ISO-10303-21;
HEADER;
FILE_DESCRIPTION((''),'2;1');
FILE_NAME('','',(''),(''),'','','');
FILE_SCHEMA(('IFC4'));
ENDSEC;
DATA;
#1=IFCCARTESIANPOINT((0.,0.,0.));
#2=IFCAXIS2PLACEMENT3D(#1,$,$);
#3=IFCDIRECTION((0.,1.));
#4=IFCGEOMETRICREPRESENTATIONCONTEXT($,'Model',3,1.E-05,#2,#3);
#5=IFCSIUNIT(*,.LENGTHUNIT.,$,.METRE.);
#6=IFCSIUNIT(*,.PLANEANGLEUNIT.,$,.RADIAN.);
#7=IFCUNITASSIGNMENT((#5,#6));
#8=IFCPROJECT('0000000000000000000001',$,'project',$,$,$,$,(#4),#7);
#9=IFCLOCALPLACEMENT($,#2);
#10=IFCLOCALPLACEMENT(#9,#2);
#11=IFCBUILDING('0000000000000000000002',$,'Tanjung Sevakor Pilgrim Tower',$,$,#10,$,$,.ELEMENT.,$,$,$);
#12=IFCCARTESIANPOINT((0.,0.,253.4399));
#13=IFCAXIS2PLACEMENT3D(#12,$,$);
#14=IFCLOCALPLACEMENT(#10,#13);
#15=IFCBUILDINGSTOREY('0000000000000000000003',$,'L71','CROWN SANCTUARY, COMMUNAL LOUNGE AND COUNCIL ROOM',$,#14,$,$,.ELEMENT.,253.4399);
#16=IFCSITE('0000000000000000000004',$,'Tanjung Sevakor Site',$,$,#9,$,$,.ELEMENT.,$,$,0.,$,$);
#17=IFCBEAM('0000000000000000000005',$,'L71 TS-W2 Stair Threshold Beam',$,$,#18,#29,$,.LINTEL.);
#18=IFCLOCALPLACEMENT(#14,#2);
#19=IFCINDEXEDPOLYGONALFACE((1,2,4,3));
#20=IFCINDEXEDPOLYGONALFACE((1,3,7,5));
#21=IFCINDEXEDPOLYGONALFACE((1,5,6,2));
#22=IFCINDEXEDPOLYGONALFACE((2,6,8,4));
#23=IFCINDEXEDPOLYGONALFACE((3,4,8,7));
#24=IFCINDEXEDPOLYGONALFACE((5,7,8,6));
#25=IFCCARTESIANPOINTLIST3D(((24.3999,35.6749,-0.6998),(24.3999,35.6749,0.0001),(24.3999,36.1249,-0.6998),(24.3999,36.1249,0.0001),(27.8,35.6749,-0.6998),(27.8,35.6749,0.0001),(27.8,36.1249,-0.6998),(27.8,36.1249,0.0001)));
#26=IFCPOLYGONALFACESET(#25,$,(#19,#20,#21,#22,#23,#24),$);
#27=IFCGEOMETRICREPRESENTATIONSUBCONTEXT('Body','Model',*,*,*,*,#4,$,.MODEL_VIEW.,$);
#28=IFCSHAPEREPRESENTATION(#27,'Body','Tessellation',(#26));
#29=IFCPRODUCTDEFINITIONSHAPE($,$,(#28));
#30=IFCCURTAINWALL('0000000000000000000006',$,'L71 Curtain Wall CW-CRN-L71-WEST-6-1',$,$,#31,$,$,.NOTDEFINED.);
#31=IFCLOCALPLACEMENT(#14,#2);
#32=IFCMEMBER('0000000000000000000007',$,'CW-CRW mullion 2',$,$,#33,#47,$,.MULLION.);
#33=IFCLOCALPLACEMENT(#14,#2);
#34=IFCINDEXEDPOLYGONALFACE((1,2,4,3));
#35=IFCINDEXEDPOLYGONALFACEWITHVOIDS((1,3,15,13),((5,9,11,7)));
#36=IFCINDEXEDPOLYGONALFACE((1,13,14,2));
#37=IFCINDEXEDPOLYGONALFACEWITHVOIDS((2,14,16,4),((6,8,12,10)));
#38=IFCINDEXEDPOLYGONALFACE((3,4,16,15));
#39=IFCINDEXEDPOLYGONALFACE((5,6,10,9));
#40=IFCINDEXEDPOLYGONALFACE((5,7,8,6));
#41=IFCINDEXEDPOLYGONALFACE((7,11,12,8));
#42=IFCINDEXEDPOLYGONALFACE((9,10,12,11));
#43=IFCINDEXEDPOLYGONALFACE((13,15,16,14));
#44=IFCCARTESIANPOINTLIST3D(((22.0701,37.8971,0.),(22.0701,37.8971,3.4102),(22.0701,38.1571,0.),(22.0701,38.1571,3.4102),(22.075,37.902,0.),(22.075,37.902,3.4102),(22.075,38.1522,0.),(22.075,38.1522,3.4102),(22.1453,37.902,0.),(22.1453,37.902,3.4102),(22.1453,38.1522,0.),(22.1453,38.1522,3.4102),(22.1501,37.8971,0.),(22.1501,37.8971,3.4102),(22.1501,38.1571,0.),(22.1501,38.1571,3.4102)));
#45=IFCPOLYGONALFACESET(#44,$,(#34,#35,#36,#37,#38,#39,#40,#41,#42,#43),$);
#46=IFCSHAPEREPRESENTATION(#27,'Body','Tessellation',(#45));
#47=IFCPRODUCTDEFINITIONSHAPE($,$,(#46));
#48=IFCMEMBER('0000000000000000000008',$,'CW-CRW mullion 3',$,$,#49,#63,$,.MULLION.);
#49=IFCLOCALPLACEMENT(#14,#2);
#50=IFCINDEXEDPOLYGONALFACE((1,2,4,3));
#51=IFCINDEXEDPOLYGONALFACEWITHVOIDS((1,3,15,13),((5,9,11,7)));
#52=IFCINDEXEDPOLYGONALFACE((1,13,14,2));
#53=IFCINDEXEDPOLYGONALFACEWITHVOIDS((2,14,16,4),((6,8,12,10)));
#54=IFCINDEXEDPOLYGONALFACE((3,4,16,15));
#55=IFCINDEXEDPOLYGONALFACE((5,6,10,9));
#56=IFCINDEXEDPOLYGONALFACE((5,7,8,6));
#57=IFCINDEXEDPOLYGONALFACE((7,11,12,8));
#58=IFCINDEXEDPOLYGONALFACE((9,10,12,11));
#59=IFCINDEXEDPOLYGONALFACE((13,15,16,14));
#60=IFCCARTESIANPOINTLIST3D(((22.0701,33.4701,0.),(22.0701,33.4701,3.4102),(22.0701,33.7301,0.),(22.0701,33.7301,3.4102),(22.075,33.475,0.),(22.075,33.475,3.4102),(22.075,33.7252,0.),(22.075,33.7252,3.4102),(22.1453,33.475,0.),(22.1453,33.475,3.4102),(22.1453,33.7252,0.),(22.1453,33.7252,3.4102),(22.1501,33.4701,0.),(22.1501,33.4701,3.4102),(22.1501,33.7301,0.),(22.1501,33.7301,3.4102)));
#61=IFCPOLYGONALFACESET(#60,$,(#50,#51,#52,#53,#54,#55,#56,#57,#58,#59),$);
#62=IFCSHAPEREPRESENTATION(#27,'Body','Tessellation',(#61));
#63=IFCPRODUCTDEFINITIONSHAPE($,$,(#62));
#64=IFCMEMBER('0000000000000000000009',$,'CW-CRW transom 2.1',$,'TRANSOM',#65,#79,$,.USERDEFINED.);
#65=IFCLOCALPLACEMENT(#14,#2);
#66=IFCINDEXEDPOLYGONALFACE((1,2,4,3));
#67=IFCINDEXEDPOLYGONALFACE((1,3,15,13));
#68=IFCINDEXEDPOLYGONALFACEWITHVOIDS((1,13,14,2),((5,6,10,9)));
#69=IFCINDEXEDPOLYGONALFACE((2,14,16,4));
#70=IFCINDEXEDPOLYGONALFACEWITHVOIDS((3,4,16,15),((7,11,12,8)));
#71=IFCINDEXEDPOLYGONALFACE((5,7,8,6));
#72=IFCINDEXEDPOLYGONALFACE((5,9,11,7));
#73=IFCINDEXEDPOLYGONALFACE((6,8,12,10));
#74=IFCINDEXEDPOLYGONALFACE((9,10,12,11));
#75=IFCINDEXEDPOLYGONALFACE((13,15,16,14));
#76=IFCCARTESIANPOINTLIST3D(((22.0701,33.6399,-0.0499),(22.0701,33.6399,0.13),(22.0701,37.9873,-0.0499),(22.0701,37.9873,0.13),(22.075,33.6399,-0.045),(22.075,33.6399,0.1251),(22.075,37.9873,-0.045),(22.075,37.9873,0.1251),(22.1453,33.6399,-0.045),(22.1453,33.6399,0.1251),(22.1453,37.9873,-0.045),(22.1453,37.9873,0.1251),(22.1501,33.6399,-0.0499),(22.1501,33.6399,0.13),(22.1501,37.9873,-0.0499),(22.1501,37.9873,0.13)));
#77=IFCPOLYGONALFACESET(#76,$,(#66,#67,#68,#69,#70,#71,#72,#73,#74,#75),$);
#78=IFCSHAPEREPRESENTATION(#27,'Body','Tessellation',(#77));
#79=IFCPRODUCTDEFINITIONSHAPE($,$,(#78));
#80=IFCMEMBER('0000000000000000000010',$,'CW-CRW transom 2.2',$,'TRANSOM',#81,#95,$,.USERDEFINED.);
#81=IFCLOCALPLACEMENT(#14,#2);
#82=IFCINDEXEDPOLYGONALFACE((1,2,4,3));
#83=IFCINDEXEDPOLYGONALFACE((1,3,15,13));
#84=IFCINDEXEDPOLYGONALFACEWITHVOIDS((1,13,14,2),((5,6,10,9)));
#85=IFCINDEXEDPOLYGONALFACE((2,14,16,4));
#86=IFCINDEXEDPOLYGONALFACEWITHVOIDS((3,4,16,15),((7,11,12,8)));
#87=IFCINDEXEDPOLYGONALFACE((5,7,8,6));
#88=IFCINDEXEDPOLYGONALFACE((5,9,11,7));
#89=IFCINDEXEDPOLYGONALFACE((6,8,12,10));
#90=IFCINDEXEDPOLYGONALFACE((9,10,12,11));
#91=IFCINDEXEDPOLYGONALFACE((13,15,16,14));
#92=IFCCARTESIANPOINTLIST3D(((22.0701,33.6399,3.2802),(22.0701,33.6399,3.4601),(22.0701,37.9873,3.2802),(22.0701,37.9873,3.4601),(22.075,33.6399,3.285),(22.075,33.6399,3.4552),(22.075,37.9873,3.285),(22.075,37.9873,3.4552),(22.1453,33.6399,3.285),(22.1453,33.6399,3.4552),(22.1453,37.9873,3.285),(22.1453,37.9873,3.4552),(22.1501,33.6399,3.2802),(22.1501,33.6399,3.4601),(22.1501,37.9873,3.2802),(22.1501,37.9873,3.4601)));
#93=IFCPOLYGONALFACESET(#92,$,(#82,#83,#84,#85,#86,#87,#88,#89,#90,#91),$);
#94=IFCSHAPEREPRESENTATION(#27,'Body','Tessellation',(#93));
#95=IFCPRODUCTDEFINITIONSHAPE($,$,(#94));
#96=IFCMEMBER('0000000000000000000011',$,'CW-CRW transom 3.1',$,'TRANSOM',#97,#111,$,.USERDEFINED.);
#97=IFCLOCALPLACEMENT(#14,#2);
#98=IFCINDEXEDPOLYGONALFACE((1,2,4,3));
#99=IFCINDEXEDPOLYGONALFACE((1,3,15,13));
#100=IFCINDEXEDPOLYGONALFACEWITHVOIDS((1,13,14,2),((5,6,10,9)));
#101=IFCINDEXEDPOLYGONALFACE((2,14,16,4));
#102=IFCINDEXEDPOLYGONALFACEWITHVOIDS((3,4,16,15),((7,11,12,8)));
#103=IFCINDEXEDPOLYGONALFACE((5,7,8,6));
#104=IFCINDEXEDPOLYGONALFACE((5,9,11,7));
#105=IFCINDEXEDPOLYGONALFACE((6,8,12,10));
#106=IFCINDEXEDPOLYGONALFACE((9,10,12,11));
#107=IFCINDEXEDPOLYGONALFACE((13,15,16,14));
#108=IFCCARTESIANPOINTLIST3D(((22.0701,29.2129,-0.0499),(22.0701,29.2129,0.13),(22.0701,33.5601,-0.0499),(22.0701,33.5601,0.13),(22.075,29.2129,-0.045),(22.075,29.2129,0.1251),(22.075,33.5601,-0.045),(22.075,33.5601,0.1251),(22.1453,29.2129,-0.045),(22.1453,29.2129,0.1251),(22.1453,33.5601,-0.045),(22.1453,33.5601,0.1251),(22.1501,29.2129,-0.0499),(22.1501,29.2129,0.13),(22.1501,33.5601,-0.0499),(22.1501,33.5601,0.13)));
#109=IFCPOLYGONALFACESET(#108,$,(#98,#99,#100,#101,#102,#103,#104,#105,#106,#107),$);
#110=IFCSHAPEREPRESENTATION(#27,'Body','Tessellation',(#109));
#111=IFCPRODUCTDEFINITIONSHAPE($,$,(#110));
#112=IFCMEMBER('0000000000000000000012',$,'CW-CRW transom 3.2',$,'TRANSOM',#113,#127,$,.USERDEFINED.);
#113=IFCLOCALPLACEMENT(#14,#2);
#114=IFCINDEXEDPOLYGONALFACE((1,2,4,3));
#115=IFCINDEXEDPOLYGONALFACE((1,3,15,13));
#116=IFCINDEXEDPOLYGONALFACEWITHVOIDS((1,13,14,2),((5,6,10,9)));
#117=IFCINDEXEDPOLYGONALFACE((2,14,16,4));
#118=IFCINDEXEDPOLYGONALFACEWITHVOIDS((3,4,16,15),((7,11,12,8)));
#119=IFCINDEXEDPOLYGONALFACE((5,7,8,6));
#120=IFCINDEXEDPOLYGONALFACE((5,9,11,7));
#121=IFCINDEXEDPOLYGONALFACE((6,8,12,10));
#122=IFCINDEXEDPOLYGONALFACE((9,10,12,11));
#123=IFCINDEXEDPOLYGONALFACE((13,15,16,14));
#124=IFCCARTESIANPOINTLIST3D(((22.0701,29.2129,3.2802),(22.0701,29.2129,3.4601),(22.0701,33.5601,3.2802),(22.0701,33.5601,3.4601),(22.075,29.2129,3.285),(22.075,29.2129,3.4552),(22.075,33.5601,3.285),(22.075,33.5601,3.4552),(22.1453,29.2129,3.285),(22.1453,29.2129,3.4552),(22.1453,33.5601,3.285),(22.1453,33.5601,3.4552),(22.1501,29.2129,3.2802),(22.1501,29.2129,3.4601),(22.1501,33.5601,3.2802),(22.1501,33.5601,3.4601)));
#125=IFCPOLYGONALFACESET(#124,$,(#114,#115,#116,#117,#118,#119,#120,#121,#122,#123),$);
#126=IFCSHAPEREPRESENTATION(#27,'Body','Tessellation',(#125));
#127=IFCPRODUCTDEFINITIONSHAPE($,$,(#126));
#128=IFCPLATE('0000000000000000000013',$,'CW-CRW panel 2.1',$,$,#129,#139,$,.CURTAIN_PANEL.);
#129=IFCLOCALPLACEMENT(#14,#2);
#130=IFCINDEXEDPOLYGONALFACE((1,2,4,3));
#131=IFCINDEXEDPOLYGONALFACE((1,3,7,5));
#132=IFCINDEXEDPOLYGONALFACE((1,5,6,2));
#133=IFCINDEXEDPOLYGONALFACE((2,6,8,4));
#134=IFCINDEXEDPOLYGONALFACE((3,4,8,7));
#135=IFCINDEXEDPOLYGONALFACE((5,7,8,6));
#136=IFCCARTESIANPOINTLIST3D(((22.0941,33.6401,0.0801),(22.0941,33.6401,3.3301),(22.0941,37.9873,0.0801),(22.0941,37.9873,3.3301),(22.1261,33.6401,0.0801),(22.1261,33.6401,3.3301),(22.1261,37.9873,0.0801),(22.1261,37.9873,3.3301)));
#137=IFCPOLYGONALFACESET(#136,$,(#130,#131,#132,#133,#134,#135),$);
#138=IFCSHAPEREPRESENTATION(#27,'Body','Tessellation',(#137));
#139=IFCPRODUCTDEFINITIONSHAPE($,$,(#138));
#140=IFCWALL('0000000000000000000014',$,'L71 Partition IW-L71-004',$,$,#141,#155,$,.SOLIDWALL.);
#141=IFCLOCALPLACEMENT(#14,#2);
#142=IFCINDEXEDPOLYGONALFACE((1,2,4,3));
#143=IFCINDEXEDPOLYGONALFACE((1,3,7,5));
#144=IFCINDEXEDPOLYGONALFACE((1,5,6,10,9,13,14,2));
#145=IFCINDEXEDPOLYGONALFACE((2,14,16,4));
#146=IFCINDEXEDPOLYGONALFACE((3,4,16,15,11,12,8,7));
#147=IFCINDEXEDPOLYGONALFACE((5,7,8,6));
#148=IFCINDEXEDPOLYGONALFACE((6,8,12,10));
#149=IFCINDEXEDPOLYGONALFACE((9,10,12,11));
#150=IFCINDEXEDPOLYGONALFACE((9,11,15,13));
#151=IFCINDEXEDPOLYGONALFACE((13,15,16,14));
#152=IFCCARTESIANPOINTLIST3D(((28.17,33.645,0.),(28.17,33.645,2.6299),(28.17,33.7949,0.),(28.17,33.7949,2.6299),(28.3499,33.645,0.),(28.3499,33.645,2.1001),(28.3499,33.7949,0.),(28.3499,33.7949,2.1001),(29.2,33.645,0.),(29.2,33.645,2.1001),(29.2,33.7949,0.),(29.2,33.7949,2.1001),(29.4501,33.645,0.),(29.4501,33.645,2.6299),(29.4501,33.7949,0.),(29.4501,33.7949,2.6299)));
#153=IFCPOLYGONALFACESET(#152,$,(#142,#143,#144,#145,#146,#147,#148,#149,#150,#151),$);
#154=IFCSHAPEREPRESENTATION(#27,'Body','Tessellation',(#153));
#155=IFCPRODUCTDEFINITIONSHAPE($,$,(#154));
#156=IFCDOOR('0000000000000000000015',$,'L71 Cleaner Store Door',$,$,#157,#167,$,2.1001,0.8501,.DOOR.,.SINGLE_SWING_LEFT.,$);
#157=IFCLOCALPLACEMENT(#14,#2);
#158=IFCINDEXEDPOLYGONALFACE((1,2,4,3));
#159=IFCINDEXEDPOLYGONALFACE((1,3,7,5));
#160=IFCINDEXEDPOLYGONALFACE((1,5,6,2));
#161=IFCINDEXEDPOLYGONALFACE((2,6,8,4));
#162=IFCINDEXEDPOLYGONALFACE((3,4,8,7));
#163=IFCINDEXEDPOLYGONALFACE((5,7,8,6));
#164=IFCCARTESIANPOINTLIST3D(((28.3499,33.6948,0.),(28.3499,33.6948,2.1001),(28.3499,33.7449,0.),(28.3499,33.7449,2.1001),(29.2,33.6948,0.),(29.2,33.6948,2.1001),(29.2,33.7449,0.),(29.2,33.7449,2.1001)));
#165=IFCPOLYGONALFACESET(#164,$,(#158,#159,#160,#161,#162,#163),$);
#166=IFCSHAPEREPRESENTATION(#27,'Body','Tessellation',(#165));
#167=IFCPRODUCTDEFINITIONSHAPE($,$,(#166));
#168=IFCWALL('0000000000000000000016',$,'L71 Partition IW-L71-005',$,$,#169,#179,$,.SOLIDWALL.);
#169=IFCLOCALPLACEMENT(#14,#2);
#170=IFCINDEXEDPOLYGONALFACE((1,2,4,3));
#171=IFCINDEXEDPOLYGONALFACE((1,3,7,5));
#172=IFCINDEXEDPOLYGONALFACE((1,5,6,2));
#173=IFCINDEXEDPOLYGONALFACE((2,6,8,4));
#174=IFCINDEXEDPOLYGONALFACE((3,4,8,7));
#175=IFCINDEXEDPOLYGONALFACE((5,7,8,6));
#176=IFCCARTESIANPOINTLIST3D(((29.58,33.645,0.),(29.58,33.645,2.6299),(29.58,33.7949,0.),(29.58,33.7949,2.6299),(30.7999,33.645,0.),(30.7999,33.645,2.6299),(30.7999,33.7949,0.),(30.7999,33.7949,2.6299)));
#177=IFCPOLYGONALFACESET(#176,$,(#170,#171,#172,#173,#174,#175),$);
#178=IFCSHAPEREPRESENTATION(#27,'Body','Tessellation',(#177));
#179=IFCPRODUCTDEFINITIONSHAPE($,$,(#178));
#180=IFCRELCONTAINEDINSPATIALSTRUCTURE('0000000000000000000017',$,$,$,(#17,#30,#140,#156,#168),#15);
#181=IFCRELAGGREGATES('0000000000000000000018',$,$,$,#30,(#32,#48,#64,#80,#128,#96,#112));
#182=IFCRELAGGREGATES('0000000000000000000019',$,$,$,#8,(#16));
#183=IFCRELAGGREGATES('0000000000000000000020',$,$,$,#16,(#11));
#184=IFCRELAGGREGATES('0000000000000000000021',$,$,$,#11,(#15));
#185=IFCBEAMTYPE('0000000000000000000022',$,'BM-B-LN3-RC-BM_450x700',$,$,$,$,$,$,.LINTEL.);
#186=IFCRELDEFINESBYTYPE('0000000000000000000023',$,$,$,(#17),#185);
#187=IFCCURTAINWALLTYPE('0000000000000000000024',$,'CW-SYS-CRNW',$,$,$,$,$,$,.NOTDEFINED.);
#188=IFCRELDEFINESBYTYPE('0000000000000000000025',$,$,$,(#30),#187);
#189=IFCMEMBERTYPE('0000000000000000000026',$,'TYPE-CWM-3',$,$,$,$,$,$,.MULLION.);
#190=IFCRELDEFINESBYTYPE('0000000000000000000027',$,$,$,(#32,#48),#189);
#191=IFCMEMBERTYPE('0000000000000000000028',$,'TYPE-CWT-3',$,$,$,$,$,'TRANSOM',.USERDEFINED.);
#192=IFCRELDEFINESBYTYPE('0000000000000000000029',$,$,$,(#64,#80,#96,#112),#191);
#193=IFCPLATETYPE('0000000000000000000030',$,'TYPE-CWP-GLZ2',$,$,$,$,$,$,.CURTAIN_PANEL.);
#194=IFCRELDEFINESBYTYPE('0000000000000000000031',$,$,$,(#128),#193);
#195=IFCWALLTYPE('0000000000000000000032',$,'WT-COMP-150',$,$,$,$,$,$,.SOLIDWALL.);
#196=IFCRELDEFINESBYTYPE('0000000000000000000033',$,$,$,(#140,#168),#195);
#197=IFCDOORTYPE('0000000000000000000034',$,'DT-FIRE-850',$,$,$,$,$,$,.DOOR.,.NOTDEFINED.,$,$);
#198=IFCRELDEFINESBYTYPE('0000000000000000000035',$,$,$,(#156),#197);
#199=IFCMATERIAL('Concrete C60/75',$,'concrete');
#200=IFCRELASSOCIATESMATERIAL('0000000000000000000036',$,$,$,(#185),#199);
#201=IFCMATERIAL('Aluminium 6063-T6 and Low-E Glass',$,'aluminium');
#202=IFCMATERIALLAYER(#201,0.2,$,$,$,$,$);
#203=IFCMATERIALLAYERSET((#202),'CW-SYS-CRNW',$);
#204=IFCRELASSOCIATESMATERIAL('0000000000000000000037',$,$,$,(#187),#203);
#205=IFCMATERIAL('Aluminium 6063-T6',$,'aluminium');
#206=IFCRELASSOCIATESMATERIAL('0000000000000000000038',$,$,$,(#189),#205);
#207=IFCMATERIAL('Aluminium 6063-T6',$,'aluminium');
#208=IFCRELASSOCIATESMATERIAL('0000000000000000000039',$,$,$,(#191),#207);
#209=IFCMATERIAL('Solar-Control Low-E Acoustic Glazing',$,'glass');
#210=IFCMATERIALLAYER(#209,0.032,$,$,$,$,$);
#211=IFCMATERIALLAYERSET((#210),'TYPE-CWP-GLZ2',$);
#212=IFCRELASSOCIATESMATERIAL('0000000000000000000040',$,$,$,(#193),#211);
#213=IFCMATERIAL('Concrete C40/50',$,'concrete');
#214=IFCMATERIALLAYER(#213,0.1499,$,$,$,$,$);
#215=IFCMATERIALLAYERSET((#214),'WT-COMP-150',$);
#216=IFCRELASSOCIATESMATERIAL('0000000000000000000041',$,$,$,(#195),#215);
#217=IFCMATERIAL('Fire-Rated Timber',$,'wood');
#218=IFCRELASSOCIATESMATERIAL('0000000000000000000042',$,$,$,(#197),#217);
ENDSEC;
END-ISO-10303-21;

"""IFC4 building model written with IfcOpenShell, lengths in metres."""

from ifc_helpers import new_model, si_unit, direction, frame, frame_2d, origin, origin_2d, place, context, subcontext, project, spatial, rectangle, hollow_rectangle, extrude, material, layer, layer_set, material_profile, profile_set, type_object, element, fill, aggregate, save


model = new_model("IFC4")

# Units and contexts
model_context = context("Model", 3, precision=1e-05, world=origin(), true_north=direction((0.0, 1.0)))
body_context = subcontext(model_context, "Body", "Model", "MODEL_VIEW")
ifc_project = project(units=[si_unit("LENGTHUNIT", "METRE"), si_unit("PLANEANGLEUNIT", "RADIAN")], contexts=[model_context])

# Site, building, storey
site_placement = place(None, origin())
site = spatial("IfcSite", under=ifc_project, at=site_placement, Name="Tanjung Sevakor Site", CompositionType="ELEMENT", RefElevation=0.0)
building_placement = place(site_placement, origin())
building = spatial("IfcBuilding", under=site, at=building_placement, Name="Tanjung Sevakor Pilgrim Tower", CompositionType="ELEMENT")
storey_placement = place(building_placement, frame((0.0, 0.0, 253.4399)))
storey = spatial("IfcBuildingStorey", under=building, at=storey_placement, Name="L71", Description="CROWN SANCTUARY, COMMUNAL LOUNGE AND COUNCIL ROOM", CompositionType="ELEMENT", Elevation=253.4399)

# Beam
ifc_material_1 = material(Name="Concrete C60/75", Category="concrete")
ifc_material_profile_1 = material_profile(ifc_material_1, rectangle(XDim=0.45, YDim=0.7, at=origin_2d()))
ifc_profile_set_1 = profile_set([ifc_material_profile_1], Name="Concrete C60/75")
beam_type = type_object("IfcBeamType", Name="BM-B-LN3-RC-BM_450x700", PredefinedType="LINTEL", material=ifc_profile_set_1)
beam_placement = place(storey_placement, frame((24.3999, 35.8999, -0.3499), z_axis=(1.0, 0.0, 0.0), x_axis=(0.0, 1.0, 0.0)))
element("IfcBeam", 1, at=beam_placement, inside=storey, type_object=beam_type, Name="L71 TS-W2 Stair Threshold Beam", PredefinedType="LINTEL", context=body_context, shape_type="SweptSolid", body=[
    extrude(rectangle(XDim=0.45, YDim=0.7, at=origin_2d()), origin(), (0.0, 0.0, 1.0), 3.4001),
])

# Curtain wall, members, plate
ifc_material_2 = material(Name="Aluminium 6063-T6 and Low-E Glass", Category="aluminium")
ifc_layer_1 = layer(ifc_material_2, 0.2)
ifc_layer_set_1 = layer_set([ifc_layer_1], Name="CW-SYS-CRNW")
curtain_wall_type = type_object("IfcCurtainWallType", Name="CW-SYS-CRNW", PredefinedType="NOTDEFINED", material=ifc_layer_set_1)
curtain_wall_placement = place(storey_placement, origin())
curtain_wall = element("IfcCurtainWall", 2, at=curtain_wall_placement, inside=storey, type_object=curtain_wall_type, Name="L71 Curtain Wall CW-CRN-L71-WEST-6-1", PredefinedType="NOTDEFINED")
ifc_material_3 = material(Name="Aluminium 6063-T6", Category="aluminium")
ifc_material_profile_2 = material_profile(ifc_material_3, hollow_rectangle(XDim=0.0801, YDim=0.26, WallThickness=0.0049, at=origin_2d()))
ifc_profile_set_2 = profile_set([ifc_material_profile_2], Name="Aluminium 6063-T6")
member_type_1 = type_object("IfcMemberType", Name="TYPE-CWM-3", PredefinedType="MULLION", material=ifc_profile_set_2)
member_1_placement = place(storey_placement, frame((22.1101, 38.0271, 0.0), z_axis=(0.0, 0.0, 1.0), x_axis=(1.0, 0.0, 0.0)))
member_1 = element("IfcMember", 3, at=member_1_placement, type_object=member_type_1, Name="CW-CRW mullion 2", PredefinedType="MULLION", context=body_context, shape_type="SweptSolid", body=[
    extrude(hollow_rectangle(XDim=0.0801, YDim=0.26, WallThickness=0.0049, at=origin_2d()), origin(), (0.0, 0.0, 1.0), 3.4102),
])
member_2_placement = place(storey_placement, frame((22.1101, 33.6001, 0.0), z_axis=(0.0, 0.0, 1.0), x_axis=(1.0, 0.0, 0.0)))
member_2 = element("IfcMember", 4, at=member_2_placement, type_object=member_type_1, Name="CW-CRW mullion 3", PredefinedType="MULLION", context=body_context, shape_type="SweptSolid", body=[
    extrude(hollow_rectangle(XDim=0.0801, YDim=0.26, WallThickness=0.0049, at=origin_2d()), origin(), (0.0, 0.0, 1.0), 3.4102),
])
ifc_material_4 = material(Name="Aluminium 6063-T6", Category="aluminium")
ifc_material_profile_3 = material_profile(ifc_material_4, hollow_rectangle(XDim=0.0801, YDim=0.1799, WallThickness=0.0049, at=origin_2d()))
ifc_profile_set_3 = profile_set([ifc_material_profile_3], Name="Aluminium 6063-T6")
member_type_2 = type_object("IfcMemberType", Name="TYPE-CWT-3", ElementType="TRANSOM", PredefinedType="USERDEFINED", material=ifc_profile_set_3)
member_3_placement = place(storey_placement, frame((22.1101, 37.9873, 0.04), z_axis=(0.0, -1.0, 0.0), x_axis=(1.0, 0.0, 0.0)))
member_3 = element("IfcMember", 5, at=member_3_placement, type_object=member_type_2, Name="CW-CRW transom 2.1", ObjectType="TRANSOM", PredefinedType="USERDEFINED", context=body_context, shape_type="SweptSolid", body=[
    extrude(hollow_rectangle(XDim=0.0801, YDim=0.1799, WallThickness=0.0049, at=origin_2d()), origin(), (0.0, 0.0, 1.0), 4.3474),
])
member_4_placement = place(storey_placement, frame((22.1101, 37.9873, 3.3701), z_axis=(0.0, -1.0, 0.0), x_axis=(1.0, 0.0, 0.0)))
member_4 = element("IfcMember", 6, at=member_4_placement, type_object=member_type_2, Name="CW-CRW transom 2.2", ObjectType="TRANSOM", PredefinedType="USERDEFINED", context=body_context, shape_type="SweptSolid", body=[
    extrude(hollow_rectangle(XDim=0.0801, YDim=0.1799, WallThickness=0.0049, at=origin_2d()), origin(), (0.0, 0.0, 1.0), 4.3474),
])
member_5_placement = place(storey_placement, frame((22.1101, 33.5601, 0.04), z_axis=(0.0, -1.0, 0.0), x_axis=(1.0, 0.0, 0.0)))
member_5 = element("IfcMember", 7, at=member_5_placement, type_object=member_type_2, Name="CW-CRW transom 3.1", ObjectType="TRANSOM", PredefinedType="USERDEFINED", context=body_context, shape_type="SweptSolid", body=[
    extrude(hollow_rectangle(XDim=0.0801, YDim=0.1799, WallThickness=0.0049, at=origin_2d()), origin(), (0.0, 0.0, 1.0), 4.3472),
])
member_6_placement = place(storey_placement, frame((22.1101, 33.5601, 3.3701), z_axis=(0.0, -1.0, 0.0), x_axis=(1.0, 0.0, 0.0)))
member_6 = element("IfcMember", 8, at=member_6_placement, type_object=member_type_2, Name="CW-CRW transom 3.2", ObjectType="TRANSOM", PredefinedType="USERDEFINED", context=body_context, shape_type="SweptSolid", body=[
    extrude(hollow_rectangle(XDim=0.0801, YDim=0.1799, WallThickness=0.0049, at=origin_2d()), origin(), (0.0, 0.0, 1.0), 4.3472),
])
ifc_material_5 = material(Name="Solar-Control Low-E Acoustic Glazing", Category="glass")
ifc_layer_2 = layer(ifc_material_5, 0.032)
ifc_layer_set_2 = layer_set([ifc_layer_2], Name="TYPE-CWP-GLZ2")
plate_type = type_object("IfcPlateType", Name="TYPE-CWP-GLZ2", PredefinedType="CURTAIN_PANEL", material=ifc_layer_set_2)
plate_placement = place(storey_placement, frame((22.1101, 35.8137, 0.0801), z_axis=(0.0, 0.0, 1.0), x_axis=(0.0, -1.0, 0.0)))
plate = element("IfcPlate", 9, at=plate_placement, type_object=plate_type, Name="CW-CRW panel 2.1", PredefinedType="CURTAIN_PANEL", context=body_context, shape_type="SweptSolid", body=[
    extrude(rectangle(XDim=4.3472, YDim=0.032, at=origin_2d()), origin(), (0.0, 0.0, 1.0), 3.25),
])
aggregate(curtain_wall, [member_1, member_2, member_3, member_4, plate, member_5, member_6])

# Wall, opening, door
ifc_material_6 = material(Name="Concrete C40/50", Category="concrete")
ifc_layer_3 = layer(ifc_material_6, 0.1499)
ifc_layer_set_3 = layer_set([ifc_layer_3], Name="WT-COMP-150")
wall_type_1 = type_object("IfcWallType", Name="WT-COMP-150", PredefinedType="SOLIDWALL", material=ifc_layer_set_3)
wall_1_placement = place(storey_placement, frame((28.1699, 33.72, 0.0), z_axis=(0.0, 0.0, 1.0), x_axis=(1.0, 0.0, 0.0)))
wall_1 = element("IfcWall", 10, at=wall_1_placement, inside=storey, type_object=wall_type_1, Name="L71 Partition IW-L71-004", PredefinedType="SOLIDWALL", context=body_context, shape_type="SweptSolid", body=[
    extrude(rectangle(XDim=1.28, YDim=0.1499, at=frame_2d((0.6401, 0.0))), origin(), (0.0, 0.0, 1.0), 2.6299),
])
opening_1_placement = place(wall_1_placement, frame((0.1799, 0.0, 0.0)))
opening_1 = element("IfcOpeningElement", 11, at=opening_1_placement, cuts=wall_1, PredefinedType="OPENING", context=body_context, shape_type="SweptSolid", body=[
    extrude(rectangle(XDim=0.8501, YDim=2.1001, at=frame_2d((0.425, 1.05))), frame((0.0, 0.085, 0.0), z_axis=(0.0, -1.0, 0.0), x_axis=(1.0, 0.0, 0.0)), (0.0, 0.0, 1.0), 0.1699),
])
ifc_material_7 = material(Name="Fire-Rated Timber", Category="wood")
door_type_1 = type_object("IfcDoorType", Name="DT-FIRE-850", OperationType="NOTDEFINED", PredefinedType="DOOR", material=ifc_material_7)
door_1_placement = place(opening_1_placement, origin())
door_1 = element("IfcDoor", 12, at=door_1_placement, inside=storey, type_object=door_type_1, Name="L71 Cleaner Store Door", OperationType="SINGLE_SWING_LEFT", OverallHeight=2.1001, OverallWidth=0.8501, PredefinedType="DOOR", context=body_context, shape_type="SweptSolid", body=[
    extrude(rectangle(XDim=0.8501, YDim=2.1001, at=frame_2d((0.425, 1.05))), frame((0.0, 0.0249, 0.0), z_axis=(0.0, -1.0, 0.0), x_axis=(1.0, 0.0, 0.0)), (0.0, 0.0, 1.0), 0.05),
])
fill(opening_1, door_1)

# Wall
wall_2_placement = place(storey_placement, frame((29.5801, 33.72, 0.0), z_axis=(0.0, 0.0, 1.0), x_axis=(1.0, 0.0, 0.0)))
element("IfcWall", 13, at=wall_2_placement, inside=storey, type_object=wall_type_1, Name="L71 Partition IW-L71-005", PredefinedType="SOLIDWALL", context=body_context, shape_type="SweptSolid", body=[
    extrude(rectangle(XDim=1.22, YDim=0.1499, at=frame_2d((0.6099, 0.0))), origin(), (0.0, 0.0, 1.0), 2.6299),
])

save(model, "model.ifc")
